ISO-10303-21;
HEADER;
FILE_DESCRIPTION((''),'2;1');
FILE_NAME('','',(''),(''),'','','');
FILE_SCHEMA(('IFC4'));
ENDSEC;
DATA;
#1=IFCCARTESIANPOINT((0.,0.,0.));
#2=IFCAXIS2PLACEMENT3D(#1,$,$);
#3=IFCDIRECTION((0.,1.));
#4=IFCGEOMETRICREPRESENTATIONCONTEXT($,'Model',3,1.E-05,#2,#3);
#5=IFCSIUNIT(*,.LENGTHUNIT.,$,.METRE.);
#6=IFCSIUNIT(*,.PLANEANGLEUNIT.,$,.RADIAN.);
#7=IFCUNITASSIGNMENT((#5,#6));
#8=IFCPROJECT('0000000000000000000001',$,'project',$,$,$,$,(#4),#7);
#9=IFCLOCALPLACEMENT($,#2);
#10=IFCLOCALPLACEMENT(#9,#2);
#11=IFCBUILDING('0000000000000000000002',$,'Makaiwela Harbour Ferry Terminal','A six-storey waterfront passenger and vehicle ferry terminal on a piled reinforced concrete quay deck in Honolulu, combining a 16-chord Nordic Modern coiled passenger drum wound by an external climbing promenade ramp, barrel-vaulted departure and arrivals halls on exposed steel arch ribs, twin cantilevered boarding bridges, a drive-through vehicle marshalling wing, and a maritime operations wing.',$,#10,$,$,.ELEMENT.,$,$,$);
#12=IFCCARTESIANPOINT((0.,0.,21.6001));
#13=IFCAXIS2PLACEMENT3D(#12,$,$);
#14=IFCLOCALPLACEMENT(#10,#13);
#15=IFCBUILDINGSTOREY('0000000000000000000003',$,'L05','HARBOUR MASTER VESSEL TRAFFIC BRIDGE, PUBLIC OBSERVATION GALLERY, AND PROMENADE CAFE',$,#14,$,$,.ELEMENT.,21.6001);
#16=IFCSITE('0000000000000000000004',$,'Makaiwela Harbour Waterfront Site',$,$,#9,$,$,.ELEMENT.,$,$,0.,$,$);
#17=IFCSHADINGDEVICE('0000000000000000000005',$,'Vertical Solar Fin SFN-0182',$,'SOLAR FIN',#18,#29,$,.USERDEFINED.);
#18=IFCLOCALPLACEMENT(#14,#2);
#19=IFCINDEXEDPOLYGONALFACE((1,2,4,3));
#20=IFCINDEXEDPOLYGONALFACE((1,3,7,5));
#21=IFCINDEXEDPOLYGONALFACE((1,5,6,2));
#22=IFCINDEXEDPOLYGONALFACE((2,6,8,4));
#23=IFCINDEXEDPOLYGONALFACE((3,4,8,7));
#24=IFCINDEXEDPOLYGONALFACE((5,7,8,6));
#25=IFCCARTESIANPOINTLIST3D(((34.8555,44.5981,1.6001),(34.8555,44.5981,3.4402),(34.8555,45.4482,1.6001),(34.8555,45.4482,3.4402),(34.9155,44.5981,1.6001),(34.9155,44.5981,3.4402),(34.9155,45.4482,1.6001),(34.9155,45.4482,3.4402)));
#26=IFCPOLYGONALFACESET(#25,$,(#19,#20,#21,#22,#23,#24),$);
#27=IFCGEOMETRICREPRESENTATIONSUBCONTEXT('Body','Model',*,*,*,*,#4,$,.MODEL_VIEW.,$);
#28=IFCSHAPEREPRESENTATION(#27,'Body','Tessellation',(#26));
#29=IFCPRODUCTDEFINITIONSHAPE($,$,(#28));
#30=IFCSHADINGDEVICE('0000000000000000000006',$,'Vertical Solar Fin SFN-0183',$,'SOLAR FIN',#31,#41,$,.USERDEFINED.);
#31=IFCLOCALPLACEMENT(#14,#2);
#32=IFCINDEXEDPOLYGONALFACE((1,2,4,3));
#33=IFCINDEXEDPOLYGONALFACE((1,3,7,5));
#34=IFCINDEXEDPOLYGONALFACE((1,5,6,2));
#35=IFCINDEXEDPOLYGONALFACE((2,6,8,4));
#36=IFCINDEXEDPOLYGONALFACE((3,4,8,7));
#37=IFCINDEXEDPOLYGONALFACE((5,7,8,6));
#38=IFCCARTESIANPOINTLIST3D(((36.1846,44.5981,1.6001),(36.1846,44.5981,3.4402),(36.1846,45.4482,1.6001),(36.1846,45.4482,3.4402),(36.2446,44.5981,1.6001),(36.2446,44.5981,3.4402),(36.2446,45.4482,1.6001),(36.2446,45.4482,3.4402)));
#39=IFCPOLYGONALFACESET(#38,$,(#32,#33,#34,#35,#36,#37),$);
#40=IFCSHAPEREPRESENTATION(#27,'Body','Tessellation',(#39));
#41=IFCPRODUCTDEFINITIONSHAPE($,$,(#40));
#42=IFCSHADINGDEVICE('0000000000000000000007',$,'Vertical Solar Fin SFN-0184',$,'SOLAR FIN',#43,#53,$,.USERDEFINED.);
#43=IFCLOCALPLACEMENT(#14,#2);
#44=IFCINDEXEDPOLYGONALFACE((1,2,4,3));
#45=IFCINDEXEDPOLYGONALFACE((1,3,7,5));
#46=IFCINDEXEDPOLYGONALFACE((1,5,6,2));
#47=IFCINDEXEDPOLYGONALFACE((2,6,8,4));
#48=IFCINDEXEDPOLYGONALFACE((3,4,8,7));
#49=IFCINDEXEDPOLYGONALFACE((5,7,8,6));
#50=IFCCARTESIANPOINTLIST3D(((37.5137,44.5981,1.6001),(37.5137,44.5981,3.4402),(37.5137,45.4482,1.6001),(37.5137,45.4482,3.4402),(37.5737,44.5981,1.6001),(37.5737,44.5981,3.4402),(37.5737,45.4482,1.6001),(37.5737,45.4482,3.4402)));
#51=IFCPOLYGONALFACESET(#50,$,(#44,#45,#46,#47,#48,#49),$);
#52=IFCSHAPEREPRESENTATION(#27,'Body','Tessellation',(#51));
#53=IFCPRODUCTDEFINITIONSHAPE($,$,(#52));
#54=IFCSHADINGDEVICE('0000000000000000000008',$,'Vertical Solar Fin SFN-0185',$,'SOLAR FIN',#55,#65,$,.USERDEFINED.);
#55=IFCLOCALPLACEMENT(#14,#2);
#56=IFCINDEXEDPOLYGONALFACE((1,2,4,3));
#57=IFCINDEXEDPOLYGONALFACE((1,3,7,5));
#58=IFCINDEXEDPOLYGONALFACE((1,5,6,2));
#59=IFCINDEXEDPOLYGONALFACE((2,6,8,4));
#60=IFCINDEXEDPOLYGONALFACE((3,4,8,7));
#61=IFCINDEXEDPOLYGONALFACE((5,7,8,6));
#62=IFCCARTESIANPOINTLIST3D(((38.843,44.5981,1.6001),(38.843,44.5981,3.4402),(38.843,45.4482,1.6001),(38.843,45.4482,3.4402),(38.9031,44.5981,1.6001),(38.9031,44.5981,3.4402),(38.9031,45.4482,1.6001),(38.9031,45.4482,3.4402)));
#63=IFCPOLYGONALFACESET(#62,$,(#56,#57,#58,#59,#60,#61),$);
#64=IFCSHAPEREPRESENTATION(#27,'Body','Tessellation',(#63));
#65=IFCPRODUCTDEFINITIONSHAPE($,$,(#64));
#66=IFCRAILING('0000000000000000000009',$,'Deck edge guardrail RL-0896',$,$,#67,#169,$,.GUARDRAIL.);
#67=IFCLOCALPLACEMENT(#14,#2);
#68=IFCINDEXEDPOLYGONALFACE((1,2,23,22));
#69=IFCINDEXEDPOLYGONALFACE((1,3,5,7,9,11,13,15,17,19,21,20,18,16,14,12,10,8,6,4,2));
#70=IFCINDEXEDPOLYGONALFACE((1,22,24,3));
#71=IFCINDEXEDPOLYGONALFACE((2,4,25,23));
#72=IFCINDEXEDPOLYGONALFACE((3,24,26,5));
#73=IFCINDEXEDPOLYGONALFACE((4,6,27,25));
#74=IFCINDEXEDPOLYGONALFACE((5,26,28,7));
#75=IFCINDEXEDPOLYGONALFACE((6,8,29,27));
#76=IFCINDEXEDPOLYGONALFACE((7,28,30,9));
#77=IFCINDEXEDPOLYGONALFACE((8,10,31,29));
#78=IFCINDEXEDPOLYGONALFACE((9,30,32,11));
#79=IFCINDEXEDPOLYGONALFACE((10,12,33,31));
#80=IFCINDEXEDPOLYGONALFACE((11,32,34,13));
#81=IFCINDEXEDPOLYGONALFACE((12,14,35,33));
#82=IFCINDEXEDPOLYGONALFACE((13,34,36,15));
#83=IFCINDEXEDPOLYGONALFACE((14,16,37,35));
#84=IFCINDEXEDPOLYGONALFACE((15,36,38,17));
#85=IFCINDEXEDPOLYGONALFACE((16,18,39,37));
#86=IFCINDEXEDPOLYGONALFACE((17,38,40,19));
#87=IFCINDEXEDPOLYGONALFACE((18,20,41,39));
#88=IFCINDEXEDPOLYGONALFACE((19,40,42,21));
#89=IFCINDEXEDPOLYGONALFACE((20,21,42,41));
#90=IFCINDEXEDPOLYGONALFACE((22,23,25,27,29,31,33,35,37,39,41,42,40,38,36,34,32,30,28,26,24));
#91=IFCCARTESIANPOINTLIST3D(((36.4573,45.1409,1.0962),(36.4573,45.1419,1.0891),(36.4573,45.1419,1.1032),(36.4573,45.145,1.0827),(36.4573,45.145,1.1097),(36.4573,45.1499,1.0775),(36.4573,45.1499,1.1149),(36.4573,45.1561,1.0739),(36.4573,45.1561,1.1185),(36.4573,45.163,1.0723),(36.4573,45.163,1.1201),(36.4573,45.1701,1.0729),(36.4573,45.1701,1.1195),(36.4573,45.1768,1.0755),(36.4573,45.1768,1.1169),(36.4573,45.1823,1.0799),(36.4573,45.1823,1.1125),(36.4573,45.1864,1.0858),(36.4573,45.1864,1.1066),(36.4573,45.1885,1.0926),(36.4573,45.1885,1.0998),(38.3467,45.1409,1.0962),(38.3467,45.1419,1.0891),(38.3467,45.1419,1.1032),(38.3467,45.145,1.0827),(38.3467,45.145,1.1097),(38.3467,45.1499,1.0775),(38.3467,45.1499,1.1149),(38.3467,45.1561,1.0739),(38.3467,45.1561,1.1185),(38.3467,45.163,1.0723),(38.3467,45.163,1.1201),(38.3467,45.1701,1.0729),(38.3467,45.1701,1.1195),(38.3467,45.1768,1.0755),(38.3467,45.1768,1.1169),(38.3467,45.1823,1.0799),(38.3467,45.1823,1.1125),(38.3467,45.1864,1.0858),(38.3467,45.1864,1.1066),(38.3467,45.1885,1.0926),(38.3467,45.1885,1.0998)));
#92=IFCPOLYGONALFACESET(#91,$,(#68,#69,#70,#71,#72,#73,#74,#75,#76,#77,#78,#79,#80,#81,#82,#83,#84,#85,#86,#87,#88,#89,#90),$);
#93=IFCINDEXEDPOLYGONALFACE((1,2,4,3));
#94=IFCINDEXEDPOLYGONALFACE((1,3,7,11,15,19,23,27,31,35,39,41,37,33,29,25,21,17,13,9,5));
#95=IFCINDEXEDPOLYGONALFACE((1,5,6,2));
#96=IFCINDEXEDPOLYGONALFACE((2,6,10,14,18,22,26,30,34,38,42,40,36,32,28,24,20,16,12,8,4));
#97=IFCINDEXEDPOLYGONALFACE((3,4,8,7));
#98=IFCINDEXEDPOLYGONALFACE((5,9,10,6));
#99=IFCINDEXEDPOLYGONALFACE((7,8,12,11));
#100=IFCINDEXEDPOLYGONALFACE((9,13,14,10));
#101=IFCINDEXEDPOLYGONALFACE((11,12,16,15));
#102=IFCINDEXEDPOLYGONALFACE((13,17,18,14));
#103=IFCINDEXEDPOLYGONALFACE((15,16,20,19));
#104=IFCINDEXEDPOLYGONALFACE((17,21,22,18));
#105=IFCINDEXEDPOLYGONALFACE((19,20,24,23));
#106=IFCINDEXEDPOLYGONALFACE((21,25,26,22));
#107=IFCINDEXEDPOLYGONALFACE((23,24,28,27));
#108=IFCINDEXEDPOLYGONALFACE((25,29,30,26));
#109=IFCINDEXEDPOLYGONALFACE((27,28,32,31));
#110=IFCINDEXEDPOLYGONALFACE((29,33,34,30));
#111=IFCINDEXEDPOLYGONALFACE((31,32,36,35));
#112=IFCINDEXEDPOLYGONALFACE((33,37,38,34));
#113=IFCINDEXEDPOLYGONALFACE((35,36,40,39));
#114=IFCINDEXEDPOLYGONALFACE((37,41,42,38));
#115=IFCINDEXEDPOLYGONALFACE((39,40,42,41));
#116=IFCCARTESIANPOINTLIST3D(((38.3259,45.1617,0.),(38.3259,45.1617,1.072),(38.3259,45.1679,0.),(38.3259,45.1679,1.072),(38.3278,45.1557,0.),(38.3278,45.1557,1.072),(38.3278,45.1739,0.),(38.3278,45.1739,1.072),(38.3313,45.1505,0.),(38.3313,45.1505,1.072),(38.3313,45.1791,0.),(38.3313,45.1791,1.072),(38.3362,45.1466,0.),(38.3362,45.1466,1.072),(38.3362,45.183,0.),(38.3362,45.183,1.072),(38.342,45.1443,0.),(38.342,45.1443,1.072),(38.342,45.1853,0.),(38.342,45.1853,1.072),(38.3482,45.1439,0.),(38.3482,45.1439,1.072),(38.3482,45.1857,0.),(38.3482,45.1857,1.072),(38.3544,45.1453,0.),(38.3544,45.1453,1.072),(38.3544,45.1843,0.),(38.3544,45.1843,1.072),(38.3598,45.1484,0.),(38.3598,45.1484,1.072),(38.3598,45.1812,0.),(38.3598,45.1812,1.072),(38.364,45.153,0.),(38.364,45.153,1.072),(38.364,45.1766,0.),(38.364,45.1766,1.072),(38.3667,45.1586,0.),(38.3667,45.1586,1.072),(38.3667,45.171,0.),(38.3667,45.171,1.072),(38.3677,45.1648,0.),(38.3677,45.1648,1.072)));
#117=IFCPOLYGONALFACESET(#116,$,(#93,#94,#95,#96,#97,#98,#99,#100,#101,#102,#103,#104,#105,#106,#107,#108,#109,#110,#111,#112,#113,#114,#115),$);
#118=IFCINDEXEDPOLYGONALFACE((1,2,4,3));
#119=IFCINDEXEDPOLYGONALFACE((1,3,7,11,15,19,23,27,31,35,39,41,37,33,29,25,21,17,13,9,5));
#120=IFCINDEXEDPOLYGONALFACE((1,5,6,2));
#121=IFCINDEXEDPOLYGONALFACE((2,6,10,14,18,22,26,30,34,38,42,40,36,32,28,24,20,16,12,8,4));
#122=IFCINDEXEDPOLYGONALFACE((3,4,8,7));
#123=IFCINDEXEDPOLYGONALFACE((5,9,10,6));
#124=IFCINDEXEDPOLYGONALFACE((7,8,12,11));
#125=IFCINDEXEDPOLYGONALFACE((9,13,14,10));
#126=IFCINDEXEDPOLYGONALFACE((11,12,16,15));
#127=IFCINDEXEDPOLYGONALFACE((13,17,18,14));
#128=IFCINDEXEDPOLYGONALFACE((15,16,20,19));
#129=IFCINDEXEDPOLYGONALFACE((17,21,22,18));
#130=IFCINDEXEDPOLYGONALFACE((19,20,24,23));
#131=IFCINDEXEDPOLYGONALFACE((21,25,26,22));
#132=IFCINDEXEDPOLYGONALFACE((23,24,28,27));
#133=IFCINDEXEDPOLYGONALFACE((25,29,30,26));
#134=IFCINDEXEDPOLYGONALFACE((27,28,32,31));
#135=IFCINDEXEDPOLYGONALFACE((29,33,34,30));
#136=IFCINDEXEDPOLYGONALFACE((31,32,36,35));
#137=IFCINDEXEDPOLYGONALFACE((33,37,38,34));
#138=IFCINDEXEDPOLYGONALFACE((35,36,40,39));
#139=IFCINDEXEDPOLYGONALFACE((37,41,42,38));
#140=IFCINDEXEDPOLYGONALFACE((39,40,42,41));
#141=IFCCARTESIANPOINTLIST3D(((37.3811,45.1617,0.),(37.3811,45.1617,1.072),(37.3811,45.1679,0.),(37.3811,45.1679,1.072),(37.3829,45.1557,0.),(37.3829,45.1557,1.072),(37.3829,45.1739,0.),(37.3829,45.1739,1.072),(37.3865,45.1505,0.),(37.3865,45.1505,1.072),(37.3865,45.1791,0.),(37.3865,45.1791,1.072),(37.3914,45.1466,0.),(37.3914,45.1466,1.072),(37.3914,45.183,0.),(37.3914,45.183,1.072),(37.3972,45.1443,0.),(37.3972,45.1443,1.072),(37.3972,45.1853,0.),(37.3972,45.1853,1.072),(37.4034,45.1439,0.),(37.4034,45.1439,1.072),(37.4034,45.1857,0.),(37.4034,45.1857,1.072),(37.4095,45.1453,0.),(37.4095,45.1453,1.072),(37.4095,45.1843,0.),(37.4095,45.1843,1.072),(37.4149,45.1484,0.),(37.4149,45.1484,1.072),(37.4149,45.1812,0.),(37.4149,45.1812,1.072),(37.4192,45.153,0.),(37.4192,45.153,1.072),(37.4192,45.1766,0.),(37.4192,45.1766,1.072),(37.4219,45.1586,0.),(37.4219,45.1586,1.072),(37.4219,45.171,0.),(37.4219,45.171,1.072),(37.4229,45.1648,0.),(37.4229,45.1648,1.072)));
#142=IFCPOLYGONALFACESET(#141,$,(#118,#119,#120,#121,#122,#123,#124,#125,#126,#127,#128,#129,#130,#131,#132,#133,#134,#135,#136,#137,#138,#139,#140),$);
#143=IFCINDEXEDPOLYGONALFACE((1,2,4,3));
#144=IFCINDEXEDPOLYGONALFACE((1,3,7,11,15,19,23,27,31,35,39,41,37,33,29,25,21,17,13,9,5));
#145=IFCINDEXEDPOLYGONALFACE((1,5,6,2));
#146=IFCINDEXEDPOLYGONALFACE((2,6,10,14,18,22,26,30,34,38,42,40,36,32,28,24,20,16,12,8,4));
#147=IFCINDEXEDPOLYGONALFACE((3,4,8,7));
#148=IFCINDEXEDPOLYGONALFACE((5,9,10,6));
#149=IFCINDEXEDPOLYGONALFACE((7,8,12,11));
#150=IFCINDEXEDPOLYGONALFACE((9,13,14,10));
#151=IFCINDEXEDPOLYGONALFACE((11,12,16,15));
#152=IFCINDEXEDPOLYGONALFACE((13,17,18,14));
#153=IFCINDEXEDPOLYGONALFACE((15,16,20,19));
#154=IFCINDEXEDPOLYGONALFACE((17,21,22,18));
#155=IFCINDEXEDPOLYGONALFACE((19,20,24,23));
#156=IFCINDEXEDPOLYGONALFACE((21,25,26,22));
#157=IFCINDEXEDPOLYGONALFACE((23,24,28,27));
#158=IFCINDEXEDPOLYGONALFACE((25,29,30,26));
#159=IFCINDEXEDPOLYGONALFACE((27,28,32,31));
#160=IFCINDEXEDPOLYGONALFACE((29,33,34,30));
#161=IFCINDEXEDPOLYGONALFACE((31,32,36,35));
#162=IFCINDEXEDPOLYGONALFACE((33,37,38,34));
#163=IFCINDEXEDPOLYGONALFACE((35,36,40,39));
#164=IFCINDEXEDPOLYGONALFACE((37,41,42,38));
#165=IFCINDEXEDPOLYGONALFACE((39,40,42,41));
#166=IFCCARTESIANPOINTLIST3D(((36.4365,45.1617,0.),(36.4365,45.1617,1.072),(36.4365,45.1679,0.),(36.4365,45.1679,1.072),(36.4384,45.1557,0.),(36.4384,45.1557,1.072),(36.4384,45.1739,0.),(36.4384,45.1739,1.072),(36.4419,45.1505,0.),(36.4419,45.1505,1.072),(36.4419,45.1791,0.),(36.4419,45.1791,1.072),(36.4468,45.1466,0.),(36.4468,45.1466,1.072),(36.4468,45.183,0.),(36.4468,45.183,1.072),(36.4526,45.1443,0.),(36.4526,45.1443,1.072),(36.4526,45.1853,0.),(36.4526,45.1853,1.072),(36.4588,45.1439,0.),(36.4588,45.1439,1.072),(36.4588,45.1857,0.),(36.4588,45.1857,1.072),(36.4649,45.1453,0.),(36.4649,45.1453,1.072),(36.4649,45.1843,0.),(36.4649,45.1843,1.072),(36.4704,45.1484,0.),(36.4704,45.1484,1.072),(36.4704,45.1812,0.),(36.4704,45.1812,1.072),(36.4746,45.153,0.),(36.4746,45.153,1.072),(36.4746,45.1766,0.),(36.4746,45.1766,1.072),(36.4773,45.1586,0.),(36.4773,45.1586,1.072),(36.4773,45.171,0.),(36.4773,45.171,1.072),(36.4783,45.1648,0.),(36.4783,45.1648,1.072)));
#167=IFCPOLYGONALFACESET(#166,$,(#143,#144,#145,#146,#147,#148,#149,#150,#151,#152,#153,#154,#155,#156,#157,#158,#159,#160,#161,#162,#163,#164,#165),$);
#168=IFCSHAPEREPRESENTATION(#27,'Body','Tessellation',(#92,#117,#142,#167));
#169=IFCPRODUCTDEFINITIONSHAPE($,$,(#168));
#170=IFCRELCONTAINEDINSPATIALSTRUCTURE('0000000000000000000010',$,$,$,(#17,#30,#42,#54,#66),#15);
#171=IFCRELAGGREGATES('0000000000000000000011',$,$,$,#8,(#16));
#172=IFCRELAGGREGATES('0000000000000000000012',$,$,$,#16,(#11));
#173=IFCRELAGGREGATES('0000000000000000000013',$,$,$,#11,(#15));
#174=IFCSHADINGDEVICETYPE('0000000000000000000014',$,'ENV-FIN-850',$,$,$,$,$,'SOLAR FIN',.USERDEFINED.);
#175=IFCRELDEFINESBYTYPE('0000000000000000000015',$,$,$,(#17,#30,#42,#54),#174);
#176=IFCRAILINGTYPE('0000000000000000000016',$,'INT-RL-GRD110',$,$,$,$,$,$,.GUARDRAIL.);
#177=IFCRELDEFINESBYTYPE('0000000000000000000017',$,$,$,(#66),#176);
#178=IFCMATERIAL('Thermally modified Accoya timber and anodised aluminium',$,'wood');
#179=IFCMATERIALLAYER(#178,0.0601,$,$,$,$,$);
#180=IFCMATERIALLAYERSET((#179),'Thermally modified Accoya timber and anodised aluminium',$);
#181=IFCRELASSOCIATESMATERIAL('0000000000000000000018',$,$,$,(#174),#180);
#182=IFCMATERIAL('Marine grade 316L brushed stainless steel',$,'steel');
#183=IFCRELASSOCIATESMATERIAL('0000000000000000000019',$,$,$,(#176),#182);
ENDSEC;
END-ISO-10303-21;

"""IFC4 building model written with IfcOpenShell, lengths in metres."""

from ifc_helpers import new_model, si_unit, direction, frame, origin, origin_2d, place, context, subcontext, project, spatial, rectangle, circle, extrude, material, layer, layer_set, type_object, element, save


model = new_model("IFC4")

# Units and contexts
model_context = context("Model", 3, precision=1e-05, world=origin(), true_north=direction((0.0, 1.0)))
body_context = subcontext(model_context, "Body", "Model", "MODEL_VIEW")
ifc_project = project(units=[si_unit("LENGTHUNIT", "METRE"), si_unit("PLANEANGLEUNIT", "RADIAN")], contexts=[model_context])

# Site, building, storey
site_placement = place(None, origin())
site = spatial("IfcSite", under=ifc_project, at=site_placement, Name="Makaiwela Harbour Waterfront Site", CompositionType="ELEMENT", RefElevation=0.0)
building_placement = place(site_placement, origin())
building = spatial("IfcBuilding", under=site, at=building_placement, Name="Makaiwela Harbour Ferry Terminal", Description="A six-storey waterfront passenger and vehicle ferry terminal on a piled reinforced concrete quay deck in Honolulu, combining a 16-chord Nordic Modern coiled passenger drum wound by an external climbing promenade ramp, barrel-vaulted departure and arrivals halls on exposed steel arch ribs, twin cantilevered boarding bridges, a drive-through vehicle marshalling wing, and a maritime operations wing.", CompositionType="ELEMENT")
storey_placement = place(building_placement, frame((0.0, 0.0, 21.6001)))
storey = spatial("IfcBuildingStorey", under=building, at=storey_placement, Name="L05", Description="HARBOUR MASTER VESSEL TRAFFIC BRIDGE, PUBLIC OBSERVATION GALLERY, AND PROMENADE CAFE", CompositionType="ELEMENT", Elevation=21.6001)

# Shading devices
ifc_material_1 = material(Name="Thermally modified Accoya timber and anodised aluminium", Category="wood")
ifc_layer_1 = layer(ifc_material_1, 0.0601)
ifc_layer_set_1 = layer_set([ifc_layer_1], Name="Thermally modified Accoya timber and anodised aluminium")
shading_device_type = type_object("IfcShadingDeviceType", Name="ENV-FIN-850", ElementType="SOLAR FIN", PredefinedType="USERDEFINED", material=ifc_layer_set_1)
for number, where, z_axis, x_axis, name in (
    (1, (34.8855, 45.0232, 1.6001), (0.0, 0.0, 1.0), (0.0, -1.0, 0.0), "Vertical Solar Fin SFN-0182"),
    (2, (36.2146, 45.0232, 1.6001), (0.0, 0.0, 1.0), (0.0, -1.0, 0.0), "Vertical Solar Fin SFN-0183"),
    (3, (37.5437, 45.0232, 1.6001), (0.0, 0.0, 1.0), (0.0, -1.0, 0.0), "Vertical Solar Fin SFN-0184"),
    (4, (38.873, 45.0232, 1.6001), (0.0, 0.0, 1.0), (0.0, -1.0, 0.0), "Vertical Solar Fin SFN-0185"),
):
    element("IfcShadingDevice", number, at=place(storey_placement, frame(where, z_axis=z_axis, x_axis=x_axis)), inside=storey, type_object=shading_device_type, Name=name, ObjectType="SOLAR FIN", PredefinedType="USERDEFINED", context=body_context, shape_type="SweptSolid", body=[
        extrude(rectangle(XDim=0.8501, YDim=0.0601, at=origin_2d()), origin(), (0.0, 0.0, 1.0), 1.8401),
    ])

# Railing
ifc_material_2 = material(Name="Marine grade 316L brushed stainless steel", Category="steel")
railing_type = type_object("IfcRailingType", Name="INT-RL-GRD110", PredefinedType="GUARDRAIL", material=ifc_material_2)
for number, where, name in (
    (5, (38.3467, 45.1648, 0.0), "Deck edge guardrail RL-0896"),
):
    element("IfcRailing", number, at=place(storey_placement, frame(where)), inside=storey, type_object=railing_type, Name=name, PredefinedType="GUARDRAIL", context=body_context, shape_type="SweptSolid", body=[
        extrude(circle(Radius=0.0239, at=origin_2d()), frame((0.0, 0.0, 1.0962), z_axis=(-1.0, 0.0, 0.0), x_axis=(0.0, -1.0, 0.0)), (0.0, 0.0, 1.0), 1.8894),
        extrude(circle(Radius=0.021, at=origin_2d()), origin(), (0.0, 0.0, 1.0), 1.072),
        extrude(circle(Radius=0.021, at=origin_2d()), frame((-0.9448, 0.0, 0.0)), (0.0, 0.0, 1.0), 1.072),
        extrude(circle(Radius=0.021, at=origin_2d()), frame((-1.8894, 0.0, 0.0)), (0.0, 0.0, 1.0), 1.072),
    ])

save(model, "model.ifc")
